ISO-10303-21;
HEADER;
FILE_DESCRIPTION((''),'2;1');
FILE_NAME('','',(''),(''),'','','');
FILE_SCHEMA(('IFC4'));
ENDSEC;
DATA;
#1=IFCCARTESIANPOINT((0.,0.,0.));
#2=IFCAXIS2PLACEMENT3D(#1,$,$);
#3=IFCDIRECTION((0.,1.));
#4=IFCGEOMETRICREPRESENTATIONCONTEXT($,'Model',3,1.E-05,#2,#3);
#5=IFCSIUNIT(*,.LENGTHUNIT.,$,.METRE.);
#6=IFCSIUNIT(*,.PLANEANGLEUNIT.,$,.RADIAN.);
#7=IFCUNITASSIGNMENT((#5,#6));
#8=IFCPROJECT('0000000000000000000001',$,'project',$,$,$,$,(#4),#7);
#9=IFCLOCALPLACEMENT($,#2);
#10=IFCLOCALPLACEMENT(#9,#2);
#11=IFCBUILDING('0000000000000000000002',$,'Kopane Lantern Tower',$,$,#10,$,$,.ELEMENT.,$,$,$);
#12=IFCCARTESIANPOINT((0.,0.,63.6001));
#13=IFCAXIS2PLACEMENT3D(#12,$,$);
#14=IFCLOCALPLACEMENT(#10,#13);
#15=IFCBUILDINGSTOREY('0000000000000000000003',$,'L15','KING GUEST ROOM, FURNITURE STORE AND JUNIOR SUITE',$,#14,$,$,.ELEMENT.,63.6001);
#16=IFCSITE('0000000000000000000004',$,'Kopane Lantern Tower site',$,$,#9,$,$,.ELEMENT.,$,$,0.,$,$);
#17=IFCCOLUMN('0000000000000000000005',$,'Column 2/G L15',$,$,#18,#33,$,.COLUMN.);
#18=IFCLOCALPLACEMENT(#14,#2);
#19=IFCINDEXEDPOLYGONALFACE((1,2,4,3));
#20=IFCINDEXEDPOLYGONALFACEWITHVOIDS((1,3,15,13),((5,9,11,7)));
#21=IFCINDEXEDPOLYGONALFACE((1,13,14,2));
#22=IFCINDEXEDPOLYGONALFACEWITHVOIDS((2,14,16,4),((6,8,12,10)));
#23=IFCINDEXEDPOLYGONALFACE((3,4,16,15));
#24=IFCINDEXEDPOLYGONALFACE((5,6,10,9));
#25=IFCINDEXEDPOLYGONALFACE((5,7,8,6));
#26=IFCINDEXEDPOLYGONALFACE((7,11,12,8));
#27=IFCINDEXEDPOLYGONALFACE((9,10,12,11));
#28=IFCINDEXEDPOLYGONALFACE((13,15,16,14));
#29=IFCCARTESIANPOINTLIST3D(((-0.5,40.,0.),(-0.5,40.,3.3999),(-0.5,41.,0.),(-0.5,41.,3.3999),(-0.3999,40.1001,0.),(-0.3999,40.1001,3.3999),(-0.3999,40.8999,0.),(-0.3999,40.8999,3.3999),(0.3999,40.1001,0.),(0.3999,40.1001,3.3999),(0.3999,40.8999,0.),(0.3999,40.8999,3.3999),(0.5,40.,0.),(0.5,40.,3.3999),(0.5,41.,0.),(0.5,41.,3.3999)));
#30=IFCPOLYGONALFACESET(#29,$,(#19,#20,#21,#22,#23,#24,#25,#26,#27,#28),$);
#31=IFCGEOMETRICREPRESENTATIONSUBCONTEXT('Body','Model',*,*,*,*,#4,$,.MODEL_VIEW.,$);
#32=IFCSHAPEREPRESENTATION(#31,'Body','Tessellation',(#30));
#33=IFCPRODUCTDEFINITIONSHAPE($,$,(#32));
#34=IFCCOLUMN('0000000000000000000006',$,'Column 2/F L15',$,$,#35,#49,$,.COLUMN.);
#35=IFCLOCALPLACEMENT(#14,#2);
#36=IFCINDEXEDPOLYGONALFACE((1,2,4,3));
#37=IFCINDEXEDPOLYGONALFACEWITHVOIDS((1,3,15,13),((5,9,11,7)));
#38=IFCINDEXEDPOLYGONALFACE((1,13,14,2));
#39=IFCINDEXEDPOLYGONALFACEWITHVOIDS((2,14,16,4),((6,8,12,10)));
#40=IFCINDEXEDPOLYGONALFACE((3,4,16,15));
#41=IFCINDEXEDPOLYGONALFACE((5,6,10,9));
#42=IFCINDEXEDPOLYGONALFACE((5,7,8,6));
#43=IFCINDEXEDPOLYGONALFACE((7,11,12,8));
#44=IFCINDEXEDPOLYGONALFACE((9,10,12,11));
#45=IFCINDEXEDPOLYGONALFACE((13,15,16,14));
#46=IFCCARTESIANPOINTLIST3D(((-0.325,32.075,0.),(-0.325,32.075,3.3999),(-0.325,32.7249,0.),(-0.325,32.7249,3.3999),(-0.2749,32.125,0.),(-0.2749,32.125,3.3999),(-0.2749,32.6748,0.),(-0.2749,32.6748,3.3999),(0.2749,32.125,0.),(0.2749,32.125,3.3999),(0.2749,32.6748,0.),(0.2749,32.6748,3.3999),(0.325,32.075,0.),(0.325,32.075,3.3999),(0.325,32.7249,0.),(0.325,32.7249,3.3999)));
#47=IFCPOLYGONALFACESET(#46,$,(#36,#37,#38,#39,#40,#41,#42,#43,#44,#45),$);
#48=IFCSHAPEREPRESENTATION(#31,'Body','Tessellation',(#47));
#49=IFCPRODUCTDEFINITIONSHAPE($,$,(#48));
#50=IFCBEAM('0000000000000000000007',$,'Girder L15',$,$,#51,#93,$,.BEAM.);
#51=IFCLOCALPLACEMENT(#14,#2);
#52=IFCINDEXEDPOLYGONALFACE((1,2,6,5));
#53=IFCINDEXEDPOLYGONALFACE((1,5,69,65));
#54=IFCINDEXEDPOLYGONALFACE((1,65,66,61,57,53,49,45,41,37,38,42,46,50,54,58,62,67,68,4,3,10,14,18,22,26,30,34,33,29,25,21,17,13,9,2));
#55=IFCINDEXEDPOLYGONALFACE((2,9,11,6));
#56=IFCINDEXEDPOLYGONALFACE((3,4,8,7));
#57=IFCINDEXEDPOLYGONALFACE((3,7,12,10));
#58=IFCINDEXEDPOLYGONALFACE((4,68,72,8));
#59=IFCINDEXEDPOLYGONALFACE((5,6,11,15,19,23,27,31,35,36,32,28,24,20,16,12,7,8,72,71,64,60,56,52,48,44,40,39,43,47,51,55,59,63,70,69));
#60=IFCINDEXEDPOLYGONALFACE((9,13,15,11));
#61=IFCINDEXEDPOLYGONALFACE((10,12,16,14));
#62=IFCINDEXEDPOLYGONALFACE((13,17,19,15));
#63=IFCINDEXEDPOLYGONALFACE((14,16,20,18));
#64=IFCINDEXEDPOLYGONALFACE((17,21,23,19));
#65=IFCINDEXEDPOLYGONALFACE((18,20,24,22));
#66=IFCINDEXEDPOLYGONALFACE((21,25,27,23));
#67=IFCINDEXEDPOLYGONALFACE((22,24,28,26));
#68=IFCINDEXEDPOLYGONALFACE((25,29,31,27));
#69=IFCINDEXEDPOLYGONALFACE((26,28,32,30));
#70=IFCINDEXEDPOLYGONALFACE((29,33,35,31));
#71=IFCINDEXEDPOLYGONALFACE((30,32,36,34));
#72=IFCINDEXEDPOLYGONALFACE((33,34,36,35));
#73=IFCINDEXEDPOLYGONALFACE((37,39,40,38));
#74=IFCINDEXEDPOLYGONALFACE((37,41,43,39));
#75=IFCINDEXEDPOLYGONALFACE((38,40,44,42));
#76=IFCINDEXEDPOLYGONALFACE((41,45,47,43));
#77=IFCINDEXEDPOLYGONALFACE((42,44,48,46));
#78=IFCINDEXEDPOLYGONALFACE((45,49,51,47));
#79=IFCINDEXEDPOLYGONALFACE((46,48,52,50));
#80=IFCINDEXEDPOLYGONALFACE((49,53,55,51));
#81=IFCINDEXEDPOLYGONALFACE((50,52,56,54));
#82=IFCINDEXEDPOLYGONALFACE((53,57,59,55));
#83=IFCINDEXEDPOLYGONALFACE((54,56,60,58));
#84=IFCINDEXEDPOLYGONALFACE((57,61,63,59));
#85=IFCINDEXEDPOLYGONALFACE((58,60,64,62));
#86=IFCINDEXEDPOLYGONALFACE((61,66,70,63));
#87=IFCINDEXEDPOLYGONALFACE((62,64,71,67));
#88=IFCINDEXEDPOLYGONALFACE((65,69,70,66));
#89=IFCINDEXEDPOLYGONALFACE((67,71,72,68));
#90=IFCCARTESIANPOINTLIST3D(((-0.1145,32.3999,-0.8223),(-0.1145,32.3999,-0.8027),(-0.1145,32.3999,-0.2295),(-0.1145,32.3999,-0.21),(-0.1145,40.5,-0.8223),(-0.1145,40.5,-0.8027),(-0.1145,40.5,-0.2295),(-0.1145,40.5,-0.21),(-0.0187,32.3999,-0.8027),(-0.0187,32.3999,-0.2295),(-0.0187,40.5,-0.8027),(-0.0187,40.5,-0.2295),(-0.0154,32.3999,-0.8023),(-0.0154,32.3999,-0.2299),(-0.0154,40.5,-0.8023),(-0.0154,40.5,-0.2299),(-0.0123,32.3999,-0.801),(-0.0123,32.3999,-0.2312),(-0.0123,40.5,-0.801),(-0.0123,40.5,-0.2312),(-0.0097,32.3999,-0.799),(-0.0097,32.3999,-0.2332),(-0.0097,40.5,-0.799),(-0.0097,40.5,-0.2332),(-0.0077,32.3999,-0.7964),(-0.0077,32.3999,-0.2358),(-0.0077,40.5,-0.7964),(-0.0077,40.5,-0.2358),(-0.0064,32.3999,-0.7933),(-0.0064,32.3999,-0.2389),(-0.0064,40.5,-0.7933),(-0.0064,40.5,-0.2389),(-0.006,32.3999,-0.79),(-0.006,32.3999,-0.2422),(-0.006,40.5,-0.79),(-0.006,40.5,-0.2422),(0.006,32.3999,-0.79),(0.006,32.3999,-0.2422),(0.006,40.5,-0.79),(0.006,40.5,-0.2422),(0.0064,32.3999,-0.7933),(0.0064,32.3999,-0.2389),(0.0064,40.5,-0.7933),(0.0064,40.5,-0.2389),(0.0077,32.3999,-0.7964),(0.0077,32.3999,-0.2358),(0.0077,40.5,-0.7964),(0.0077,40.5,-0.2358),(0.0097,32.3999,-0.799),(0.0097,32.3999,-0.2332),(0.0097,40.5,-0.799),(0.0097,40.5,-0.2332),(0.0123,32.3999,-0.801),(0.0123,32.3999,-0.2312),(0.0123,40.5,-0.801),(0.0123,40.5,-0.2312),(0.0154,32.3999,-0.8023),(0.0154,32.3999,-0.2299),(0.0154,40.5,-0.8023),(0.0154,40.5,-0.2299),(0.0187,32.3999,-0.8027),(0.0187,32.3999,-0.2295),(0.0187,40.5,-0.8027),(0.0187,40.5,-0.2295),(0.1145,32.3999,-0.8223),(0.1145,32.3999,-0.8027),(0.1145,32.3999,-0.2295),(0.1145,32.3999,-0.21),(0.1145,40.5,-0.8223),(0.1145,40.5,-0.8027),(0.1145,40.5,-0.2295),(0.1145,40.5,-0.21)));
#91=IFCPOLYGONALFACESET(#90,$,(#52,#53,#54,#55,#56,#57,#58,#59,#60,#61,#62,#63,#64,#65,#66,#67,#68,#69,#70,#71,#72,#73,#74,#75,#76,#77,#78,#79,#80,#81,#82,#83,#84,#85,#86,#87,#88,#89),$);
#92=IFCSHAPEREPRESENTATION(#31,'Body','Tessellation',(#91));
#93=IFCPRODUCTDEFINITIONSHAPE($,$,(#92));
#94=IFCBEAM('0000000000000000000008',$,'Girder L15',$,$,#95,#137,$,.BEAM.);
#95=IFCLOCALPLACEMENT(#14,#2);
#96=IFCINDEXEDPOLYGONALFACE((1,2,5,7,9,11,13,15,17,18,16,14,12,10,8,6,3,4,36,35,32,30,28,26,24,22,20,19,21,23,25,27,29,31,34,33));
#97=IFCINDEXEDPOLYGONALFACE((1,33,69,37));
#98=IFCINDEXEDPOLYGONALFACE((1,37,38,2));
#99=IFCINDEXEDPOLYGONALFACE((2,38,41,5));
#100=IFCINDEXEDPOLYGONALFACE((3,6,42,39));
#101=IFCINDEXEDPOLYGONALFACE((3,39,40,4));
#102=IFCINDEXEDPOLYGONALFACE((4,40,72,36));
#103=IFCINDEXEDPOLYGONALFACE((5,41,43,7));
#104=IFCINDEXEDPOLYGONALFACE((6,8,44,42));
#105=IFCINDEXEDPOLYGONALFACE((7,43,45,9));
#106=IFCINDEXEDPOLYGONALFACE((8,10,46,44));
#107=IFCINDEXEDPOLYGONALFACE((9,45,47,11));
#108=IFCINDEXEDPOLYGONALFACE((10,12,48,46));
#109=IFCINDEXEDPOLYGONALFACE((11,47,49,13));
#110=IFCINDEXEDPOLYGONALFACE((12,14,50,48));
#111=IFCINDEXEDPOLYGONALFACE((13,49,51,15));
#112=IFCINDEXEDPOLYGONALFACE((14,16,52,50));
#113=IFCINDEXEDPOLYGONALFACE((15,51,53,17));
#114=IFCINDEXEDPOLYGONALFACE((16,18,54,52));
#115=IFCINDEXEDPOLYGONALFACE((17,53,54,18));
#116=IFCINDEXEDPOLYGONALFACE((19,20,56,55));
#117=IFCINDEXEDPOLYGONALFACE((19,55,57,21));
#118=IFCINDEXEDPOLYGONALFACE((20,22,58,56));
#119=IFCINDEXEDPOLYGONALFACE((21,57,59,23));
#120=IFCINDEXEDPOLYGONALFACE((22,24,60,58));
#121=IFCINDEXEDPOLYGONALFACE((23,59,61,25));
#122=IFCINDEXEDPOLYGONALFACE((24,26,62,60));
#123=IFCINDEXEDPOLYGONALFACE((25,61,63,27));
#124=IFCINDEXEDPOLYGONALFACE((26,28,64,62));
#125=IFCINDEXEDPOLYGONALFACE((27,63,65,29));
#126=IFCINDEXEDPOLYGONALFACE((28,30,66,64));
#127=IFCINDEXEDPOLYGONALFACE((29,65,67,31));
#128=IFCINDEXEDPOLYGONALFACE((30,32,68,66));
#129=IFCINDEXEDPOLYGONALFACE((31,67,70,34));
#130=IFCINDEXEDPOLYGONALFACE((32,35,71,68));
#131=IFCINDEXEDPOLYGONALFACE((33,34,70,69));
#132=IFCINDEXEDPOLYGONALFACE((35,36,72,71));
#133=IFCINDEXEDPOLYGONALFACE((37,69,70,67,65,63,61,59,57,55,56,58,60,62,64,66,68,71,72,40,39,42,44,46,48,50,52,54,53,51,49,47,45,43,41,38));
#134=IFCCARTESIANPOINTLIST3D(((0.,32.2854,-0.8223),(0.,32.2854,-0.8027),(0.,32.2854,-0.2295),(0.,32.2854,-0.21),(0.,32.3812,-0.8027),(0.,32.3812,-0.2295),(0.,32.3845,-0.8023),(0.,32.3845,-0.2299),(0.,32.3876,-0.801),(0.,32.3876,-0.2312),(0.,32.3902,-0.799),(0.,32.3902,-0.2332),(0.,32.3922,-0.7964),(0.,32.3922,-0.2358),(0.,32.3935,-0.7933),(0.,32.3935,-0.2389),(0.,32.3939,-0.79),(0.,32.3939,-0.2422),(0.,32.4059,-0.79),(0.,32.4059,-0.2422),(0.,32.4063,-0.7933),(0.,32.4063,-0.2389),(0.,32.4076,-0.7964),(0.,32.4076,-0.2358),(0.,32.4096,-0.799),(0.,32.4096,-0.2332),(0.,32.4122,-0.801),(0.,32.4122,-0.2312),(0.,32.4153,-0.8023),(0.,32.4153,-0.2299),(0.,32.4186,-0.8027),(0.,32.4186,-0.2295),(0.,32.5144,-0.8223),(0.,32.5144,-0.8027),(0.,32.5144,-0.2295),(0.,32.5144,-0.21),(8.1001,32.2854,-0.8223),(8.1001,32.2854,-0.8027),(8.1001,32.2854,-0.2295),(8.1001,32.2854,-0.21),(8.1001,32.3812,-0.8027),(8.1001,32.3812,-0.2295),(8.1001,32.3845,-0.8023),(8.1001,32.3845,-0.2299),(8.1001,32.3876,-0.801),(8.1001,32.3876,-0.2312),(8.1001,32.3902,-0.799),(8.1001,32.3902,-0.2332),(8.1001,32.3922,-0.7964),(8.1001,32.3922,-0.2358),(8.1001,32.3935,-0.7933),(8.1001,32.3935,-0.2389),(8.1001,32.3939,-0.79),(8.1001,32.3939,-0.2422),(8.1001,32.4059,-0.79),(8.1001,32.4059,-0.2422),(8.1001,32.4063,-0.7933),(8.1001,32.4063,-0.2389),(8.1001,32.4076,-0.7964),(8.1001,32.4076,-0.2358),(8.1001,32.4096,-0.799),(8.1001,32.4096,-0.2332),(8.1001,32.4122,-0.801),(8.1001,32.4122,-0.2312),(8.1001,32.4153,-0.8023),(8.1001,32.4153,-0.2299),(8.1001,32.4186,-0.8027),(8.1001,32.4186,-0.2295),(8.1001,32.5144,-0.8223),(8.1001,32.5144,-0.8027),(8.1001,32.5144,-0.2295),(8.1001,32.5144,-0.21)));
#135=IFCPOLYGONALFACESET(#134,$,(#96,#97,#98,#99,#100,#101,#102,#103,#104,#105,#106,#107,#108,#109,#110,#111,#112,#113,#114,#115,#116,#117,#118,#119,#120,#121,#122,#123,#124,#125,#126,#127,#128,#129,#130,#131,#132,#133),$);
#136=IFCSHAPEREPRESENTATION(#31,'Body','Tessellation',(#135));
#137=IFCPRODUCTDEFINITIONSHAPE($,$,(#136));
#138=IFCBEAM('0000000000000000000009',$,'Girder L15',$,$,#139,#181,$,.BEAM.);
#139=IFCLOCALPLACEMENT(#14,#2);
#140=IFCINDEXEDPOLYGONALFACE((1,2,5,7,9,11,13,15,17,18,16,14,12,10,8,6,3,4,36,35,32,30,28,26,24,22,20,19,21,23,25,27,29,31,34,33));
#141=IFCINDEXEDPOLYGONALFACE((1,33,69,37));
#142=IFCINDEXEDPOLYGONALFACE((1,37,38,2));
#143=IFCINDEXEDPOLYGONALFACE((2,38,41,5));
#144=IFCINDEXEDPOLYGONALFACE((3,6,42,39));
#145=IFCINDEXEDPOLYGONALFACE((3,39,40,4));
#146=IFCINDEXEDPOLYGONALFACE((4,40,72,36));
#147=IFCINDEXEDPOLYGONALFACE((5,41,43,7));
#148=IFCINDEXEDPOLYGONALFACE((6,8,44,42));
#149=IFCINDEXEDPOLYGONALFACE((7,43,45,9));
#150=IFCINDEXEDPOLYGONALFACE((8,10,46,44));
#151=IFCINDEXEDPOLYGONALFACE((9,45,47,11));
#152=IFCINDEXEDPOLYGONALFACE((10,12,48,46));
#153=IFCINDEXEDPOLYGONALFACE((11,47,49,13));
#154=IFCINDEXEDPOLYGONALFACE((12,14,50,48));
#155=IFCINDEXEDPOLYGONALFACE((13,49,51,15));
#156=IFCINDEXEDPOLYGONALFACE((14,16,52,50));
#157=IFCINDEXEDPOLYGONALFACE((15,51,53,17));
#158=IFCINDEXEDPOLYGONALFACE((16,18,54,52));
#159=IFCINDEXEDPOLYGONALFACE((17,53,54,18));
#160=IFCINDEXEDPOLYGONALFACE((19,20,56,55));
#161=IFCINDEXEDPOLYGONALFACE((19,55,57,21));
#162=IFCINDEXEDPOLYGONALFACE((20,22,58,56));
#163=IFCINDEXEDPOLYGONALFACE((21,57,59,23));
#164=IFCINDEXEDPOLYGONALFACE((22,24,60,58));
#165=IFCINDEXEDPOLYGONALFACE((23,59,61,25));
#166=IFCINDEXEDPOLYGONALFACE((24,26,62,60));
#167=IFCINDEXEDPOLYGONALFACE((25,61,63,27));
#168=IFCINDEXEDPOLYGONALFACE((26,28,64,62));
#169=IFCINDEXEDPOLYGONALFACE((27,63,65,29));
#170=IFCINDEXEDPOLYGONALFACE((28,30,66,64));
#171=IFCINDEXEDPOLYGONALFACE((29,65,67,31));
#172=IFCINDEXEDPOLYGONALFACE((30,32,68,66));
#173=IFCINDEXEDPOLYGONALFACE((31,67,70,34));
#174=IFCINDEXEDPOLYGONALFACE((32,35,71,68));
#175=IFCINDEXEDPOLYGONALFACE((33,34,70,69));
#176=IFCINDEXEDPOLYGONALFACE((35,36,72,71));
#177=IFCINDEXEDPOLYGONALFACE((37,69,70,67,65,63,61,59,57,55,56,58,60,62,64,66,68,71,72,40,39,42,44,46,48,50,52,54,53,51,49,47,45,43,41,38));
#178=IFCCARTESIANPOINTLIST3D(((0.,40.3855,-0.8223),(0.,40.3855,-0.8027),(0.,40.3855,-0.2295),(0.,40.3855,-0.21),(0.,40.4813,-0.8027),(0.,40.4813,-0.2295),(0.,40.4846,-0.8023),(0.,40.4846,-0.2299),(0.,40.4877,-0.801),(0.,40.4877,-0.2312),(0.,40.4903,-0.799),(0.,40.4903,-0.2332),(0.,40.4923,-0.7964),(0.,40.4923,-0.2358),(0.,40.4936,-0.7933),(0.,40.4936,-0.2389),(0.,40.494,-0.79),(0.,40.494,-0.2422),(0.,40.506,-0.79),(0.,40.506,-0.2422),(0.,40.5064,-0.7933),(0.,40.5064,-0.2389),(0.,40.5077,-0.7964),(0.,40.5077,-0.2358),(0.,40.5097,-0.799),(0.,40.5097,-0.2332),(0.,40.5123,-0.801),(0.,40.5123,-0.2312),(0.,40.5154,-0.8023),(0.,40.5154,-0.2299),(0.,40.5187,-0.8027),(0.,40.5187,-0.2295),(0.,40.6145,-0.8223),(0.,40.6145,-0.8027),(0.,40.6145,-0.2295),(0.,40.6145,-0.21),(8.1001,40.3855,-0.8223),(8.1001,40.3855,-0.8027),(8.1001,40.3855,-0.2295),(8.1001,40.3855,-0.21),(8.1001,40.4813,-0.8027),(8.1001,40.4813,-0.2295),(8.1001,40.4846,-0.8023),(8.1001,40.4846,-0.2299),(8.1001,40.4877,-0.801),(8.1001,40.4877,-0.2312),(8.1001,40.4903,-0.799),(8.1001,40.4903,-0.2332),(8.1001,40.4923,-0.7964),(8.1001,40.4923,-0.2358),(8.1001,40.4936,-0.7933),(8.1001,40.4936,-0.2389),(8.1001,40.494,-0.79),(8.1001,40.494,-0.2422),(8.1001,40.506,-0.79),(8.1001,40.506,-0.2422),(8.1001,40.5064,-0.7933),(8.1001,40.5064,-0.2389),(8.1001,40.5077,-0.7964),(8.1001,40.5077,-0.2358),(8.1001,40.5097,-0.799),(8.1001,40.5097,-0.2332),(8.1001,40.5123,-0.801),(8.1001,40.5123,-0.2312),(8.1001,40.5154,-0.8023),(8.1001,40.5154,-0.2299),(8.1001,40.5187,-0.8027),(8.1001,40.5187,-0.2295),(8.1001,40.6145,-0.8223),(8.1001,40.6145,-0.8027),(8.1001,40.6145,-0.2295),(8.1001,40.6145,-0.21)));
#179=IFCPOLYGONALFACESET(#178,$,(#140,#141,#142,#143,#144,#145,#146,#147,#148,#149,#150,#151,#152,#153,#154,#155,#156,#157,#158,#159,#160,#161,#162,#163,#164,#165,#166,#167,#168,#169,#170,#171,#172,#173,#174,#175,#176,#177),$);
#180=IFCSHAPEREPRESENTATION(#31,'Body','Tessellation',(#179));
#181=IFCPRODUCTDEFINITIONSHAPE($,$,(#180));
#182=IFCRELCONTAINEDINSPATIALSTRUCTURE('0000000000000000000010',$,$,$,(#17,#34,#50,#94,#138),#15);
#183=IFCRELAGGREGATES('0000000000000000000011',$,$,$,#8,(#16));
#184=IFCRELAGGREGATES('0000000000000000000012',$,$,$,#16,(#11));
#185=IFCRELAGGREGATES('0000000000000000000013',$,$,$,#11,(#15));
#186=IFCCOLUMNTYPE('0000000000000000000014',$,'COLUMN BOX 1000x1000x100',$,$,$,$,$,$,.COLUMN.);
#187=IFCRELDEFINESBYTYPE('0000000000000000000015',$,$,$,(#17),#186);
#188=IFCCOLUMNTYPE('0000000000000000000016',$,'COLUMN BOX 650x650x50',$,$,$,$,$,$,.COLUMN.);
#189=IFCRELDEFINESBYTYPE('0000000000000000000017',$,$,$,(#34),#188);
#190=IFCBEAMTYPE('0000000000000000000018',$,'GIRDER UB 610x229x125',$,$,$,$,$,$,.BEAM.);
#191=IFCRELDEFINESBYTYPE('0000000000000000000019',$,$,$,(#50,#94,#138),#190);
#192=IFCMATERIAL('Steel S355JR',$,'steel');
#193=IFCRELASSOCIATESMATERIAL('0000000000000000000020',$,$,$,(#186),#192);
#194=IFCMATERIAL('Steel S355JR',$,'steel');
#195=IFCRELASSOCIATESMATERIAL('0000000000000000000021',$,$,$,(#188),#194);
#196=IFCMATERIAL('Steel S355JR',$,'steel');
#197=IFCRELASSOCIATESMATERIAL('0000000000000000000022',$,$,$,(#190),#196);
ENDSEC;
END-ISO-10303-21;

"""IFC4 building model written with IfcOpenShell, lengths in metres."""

from ifc_helpers import new_model, si_unit, direction, frame, origin, origin_2d, place, context, subcontext, project, spatial, hollow_rectangle, i_section, extrude, material, material_profile, profile_set, type_object, element, save


model = new_model("IFC4")

# Units and contexts
model_context = context("Model", 3, precision=1e-05, world=origin(), true_north=direction((0.0, 1.0)))
body_context = subcontext(model_context, "Body", "Model", "MODEL_VIEW")
ifc_project = project(units=[si_unit("LENGTHUNIT", "METRE"), si_unit("PLANEANGLEUNIT", "RADIAN")], contexts=[model_context])

# Site, building, storey
site_placement = place(None, origin())
site = spatial("IfcSite", under=ifc_project, at=site_placement, Name="Kopane Lantern Tower site", CompositionType="ELEMENT", RefElevation=0.0)
building_placement = place(site_placement, origin())
building = spatial("IfcBuilding", under=site, at=building_placement, Name="Kopane Lantern Tower", CompositionType="ELEMENT")
storey_placement = place(building_placement, frame((0.0, 0.0, 63.6001)))
storey = spatial("IfcBuildingStorey", under=building, at=storey_placement, Name="L15", Description="KING GUEST ROOM, FURNITURE STORE AND JUNIOR SUITE", CompositionType="ELEMENT", Elevation=63.6001)

# Columns
ifc_material_1 = material(Name="Steel S355JR", Category="steel")
ifc_material_profile_1 = material_profile(ifc_material_1, hollow_rectangle(XDim=1.0, YDim=1.0, WallThickness=0.1001, at=origin_2d()), Name="BOX 1000x1000x100")
ifc_profile_set_1 = profile_set([ifc_material_profile_1], Name="Steel S355JR")
column_type_1 = type_object("IfcColumnType", Name="COLUMN BOX 1000x1000x100", PredefinedType="COLUMN", material=ifc_profile_set_1)
column_1_placement = place(storey_placement, frame((0.0, 40.5, 0.0), z_axis=(0.0, 0.0, 1.0), x_axis=(1.0, 0.0, 0.0)))
element("IfcColumn", 1, at=column_1_placement, inside=storey, type_object=column_type_1, Name="Column 2/G L15", PredefinedType="COLUMN", context=body_context, shape_type="SweptSolid", body=[
    extrude(hollow_rectangle(XDim=1.0, YDim=1.0, WallThickness=0.1001, at=origin_2d()), origin(), (0.0, 0.0, 1.0), 3.3999),
])
ifc_material_2 = material(Name="Steel S355JR", Category="steel")
ifc_material_profile_2 = material_profile(ifc_material_2, hollow_rectangle(XDim=0.6499, YDim=0.6499, WallThickness=0.05, at=origin_2d()), Name="BOX 650x650x50")
ifc_profile_set_2 = profile_set([ifc_material_profile_2], Name="Steel S355JR")
column_type_2 = type_object("IfcColumnType", Name="COLUMN BOX 650x650x50", PredefinedType="COLUMN", material=ifc_profile_set_2)
column_2_placement = place(storey_placement, frame((0.0, 32.3999, 0.0), z_axis=(0.0, 0.0, 1.0), x_axis=(1.0, 0.0, 0.0)))
element("IfcColumn", 2, at=column_2_placement, inside=storey, type_object=column_type_2, Name="Column 2/F L15", PredefinedType="COLUMN", context=body_context, shape_type="SweptSolid", body=[
    extrude(hollow_rectangle(XDim=0.6499, YDim=0.6499, WallThickness=0.05, at=origin_2d()), origin(), (0.0, 0.0, 1.0), 3.3999),
])

# Beams
ifc_material_3 = material(Name="Steel S355JR", Category="steel")
ifc_material_profile_3 = material_profile(ifc_material_3, i_section(OverallWidth=0.229, OverallDepth=0.6123, WebThickness=0.012, FlangeThickness=0.0195, FilletRadius=0.0127, at=origin_2d()), Name="UB 610x229x125")
ifc_profile_set_3 = profile_set([ifc_material_profile_3], Name="Steel S355JR")
beam_type = type_object("IfcBeamType", Name="GIRDER UB 610x229x125", PredefinedType="BEAM", material=ifc_profile_set_3)
for number, where, z_axis, x_axis, name in (
    (3, (0.0, 32.3999, -0.5161), (0.0, 1.0, 0.0), (-1.0, 0.0, 0.0), "Girder L15"),
    (4, (0.0, 32.3999, -0.5161), (1.0, 0.0, 0.0), (0.0, 1.0, 0.0), "Girder L15"),
    (5, (0.0, 40.5, -0.5161), (1.0, 0.0, 0.0), (0.0, 1.0, 0.0), "Girder L15"),
):
    element("IfcBeam", number, at=place(storey_placement, frame(where, z_axis=z_axis, x_axis=x_axis)), inside=storey, type_object=beam_type, Name=name, PredefinedType="BEAM", context=body_context, shape_type="SweptSolid", body=[
        extrude(i_section(OverallWidth=0.229, OverallDepth=0.6123, WebThickness=0.012, FlangeThickness=0.0195, FilletRadius=0.0127, at=origin_2d()), origin(), (0.0, 0.0, 1.0), 8.1001),
    ])

save(model, "model.ifc")
